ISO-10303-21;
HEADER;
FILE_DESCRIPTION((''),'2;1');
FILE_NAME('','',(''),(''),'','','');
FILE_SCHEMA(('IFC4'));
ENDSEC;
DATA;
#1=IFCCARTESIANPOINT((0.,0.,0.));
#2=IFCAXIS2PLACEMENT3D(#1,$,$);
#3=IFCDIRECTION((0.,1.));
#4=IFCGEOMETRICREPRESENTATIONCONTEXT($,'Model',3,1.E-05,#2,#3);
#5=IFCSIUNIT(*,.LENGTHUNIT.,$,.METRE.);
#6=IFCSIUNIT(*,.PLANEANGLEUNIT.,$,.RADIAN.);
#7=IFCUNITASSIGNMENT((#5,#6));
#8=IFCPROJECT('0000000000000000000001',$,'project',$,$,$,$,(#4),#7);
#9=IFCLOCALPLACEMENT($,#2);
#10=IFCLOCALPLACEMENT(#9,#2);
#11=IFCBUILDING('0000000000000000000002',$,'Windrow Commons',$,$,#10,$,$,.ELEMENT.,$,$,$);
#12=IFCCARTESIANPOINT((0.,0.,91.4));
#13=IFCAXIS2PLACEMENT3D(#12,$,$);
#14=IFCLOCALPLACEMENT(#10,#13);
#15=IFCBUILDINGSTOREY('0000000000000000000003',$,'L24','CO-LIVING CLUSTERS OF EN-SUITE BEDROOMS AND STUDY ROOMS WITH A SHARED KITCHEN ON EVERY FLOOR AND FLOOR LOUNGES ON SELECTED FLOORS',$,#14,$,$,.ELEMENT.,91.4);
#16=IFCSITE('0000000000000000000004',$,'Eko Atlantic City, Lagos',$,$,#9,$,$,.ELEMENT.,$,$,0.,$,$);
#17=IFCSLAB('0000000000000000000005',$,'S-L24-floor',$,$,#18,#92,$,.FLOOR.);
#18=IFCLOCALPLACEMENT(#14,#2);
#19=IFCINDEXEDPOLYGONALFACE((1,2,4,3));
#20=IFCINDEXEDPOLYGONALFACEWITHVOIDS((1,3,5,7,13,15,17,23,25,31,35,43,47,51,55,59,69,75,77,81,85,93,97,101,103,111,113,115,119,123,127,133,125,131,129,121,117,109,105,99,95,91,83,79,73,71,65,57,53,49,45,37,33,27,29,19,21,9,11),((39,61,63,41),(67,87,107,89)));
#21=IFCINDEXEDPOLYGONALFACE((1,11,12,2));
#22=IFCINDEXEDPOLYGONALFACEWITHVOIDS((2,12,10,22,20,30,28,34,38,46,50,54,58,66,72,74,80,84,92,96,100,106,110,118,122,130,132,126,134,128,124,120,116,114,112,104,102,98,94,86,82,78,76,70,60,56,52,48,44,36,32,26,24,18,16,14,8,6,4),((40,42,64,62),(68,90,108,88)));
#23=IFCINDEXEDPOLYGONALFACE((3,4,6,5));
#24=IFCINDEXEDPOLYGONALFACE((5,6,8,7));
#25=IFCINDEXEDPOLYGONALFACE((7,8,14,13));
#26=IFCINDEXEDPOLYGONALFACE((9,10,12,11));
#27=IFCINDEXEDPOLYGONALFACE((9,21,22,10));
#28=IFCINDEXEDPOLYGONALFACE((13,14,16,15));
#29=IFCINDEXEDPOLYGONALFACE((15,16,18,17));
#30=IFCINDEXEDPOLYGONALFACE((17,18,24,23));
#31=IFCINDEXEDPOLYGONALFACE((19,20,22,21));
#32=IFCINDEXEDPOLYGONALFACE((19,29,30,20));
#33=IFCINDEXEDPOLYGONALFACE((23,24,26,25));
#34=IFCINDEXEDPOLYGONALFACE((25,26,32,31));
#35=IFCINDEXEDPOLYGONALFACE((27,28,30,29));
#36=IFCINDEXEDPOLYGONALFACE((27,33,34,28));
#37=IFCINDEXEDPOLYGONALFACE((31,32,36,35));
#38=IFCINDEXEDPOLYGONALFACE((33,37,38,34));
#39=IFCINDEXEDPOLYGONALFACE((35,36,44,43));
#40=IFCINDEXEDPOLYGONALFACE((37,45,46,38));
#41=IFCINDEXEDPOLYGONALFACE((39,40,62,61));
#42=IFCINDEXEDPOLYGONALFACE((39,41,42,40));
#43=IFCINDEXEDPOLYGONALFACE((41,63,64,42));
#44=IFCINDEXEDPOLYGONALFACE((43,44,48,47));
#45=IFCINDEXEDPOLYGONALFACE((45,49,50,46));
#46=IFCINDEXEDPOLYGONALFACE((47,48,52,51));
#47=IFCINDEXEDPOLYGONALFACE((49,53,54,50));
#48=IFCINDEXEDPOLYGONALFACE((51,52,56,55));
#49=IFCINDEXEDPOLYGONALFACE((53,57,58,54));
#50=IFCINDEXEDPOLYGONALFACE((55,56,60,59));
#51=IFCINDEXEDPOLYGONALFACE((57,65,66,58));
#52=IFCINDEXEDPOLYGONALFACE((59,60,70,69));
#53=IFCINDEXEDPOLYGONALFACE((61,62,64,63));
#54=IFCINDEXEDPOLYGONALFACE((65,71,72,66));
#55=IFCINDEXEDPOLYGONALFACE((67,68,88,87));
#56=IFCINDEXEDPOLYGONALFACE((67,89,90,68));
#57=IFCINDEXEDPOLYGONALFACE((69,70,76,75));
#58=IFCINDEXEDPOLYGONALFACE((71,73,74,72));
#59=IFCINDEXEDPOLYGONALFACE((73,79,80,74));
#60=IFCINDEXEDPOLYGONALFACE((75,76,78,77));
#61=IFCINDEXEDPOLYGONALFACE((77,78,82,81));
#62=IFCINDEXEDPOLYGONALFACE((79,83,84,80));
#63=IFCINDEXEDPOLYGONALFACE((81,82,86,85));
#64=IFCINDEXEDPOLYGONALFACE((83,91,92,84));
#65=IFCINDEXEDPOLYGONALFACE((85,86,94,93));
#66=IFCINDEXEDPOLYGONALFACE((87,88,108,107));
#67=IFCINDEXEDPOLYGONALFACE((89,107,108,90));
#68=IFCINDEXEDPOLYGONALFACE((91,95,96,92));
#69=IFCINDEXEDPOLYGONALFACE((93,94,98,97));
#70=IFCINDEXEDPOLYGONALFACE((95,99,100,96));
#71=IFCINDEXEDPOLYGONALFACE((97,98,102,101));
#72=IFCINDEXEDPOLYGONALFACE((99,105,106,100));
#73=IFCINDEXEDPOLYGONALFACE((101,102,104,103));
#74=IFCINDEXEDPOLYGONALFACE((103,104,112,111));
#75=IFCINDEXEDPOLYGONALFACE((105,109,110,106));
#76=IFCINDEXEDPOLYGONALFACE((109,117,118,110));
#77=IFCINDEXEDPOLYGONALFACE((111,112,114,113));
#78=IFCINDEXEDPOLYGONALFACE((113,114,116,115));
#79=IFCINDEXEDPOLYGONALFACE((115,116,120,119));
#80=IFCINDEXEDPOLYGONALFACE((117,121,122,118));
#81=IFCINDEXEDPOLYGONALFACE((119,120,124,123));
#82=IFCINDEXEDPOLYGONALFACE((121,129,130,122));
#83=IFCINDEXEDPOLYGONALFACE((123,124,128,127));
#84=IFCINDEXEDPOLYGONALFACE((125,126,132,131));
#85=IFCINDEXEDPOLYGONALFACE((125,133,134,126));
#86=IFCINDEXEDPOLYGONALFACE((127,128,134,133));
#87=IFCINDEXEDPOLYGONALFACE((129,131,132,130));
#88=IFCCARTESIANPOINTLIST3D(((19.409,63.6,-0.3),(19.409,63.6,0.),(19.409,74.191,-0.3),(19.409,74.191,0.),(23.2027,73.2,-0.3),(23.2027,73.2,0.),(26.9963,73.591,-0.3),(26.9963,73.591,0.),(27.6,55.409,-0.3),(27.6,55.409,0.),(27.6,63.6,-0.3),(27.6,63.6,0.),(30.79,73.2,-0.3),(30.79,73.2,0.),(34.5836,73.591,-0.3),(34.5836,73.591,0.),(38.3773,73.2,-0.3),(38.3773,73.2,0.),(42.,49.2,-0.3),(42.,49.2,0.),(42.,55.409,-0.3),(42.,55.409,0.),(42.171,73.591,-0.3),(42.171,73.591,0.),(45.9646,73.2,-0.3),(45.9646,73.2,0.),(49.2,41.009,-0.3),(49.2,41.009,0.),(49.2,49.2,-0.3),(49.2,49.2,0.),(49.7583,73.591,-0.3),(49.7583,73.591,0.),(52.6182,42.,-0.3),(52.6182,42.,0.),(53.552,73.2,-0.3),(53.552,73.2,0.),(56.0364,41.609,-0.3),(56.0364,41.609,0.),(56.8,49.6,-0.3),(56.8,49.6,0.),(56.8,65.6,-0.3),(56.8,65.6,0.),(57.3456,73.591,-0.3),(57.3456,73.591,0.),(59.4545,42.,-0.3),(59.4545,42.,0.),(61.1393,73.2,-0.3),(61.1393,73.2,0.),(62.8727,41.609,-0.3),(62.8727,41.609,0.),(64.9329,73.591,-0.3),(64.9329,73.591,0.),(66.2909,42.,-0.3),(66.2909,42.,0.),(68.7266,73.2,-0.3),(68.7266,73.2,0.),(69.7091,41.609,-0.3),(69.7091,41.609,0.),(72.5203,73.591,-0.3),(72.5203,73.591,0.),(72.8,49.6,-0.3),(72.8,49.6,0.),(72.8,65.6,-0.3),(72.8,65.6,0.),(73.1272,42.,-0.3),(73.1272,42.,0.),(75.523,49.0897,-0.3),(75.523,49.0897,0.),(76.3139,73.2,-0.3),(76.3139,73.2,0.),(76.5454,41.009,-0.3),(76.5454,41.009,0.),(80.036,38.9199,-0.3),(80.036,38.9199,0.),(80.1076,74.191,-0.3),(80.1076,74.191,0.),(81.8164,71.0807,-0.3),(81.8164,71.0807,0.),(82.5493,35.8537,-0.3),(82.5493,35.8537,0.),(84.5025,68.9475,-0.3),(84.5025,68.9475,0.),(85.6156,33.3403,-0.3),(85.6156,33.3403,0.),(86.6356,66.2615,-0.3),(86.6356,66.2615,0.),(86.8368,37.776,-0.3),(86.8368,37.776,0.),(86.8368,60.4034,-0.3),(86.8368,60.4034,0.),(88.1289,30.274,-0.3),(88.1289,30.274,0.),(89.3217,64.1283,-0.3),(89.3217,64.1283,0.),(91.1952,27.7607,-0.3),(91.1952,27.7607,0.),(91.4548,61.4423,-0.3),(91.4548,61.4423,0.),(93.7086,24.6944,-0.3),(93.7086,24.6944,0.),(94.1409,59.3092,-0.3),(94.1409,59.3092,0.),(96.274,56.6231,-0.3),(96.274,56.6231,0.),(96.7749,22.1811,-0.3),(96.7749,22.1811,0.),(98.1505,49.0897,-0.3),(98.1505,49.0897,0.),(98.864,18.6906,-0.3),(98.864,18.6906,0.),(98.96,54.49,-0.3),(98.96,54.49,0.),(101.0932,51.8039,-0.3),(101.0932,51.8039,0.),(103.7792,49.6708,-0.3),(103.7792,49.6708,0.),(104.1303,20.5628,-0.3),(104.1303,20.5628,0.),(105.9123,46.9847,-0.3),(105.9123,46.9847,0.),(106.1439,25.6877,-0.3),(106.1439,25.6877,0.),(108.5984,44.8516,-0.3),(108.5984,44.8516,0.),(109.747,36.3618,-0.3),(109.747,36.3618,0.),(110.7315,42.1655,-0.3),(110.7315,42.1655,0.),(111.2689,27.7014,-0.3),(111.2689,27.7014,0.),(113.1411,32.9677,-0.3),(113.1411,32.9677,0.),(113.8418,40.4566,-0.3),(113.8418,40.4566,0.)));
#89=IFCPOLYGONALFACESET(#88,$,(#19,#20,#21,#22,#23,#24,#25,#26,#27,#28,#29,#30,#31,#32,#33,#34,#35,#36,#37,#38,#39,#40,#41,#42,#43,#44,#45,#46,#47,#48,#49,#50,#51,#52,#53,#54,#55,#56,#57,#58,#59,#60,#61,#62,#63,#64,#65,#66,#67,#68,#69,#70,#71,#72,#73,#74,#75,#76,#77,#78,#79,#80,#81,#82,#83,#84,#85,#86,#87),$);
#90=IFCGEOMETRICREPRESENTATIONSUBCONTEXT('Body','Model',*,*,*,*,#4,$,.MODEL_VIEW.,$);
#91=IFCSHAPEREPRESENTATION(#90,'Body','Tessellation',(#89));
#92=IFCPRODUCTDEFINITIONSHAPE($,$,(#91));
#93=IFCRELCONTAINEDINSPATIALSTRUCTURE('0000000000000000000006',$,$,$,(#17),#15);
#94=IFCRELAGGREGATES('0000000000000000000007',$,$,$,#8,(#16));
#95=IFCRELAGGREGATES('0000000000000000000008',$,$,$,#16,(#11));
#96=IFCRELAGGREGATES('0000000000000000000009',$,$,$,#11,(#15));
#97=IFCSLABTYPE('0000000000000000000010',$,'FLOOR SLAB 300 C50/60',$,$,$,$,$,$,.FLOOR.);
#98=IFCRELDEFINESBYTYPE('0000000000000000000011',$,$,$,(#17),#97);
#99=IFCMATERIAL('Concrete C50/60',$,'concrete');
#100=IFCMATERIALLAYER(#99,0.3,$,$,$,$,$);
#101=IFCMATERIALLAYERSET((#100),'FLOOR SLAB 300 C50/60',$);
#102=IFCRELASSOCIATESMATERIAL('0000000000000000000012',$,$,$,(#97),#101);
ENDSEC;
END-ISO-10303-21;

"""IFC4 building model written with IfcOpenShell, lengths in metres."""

from ifc_helpers import new_model, si_unit, direction, frame, origin, place, context, subcontext, project, spatial, polyline, outline, extrude, material, layer, layer_set, type_object, element, save


model = new_model("IFC4")

# Units and contexts
model_context = context("Model", 3, precision=1e-05, world=origin(), true_north=direction((0.0, 1.0)))
body_context = subcontext(model_context, "Body", "Model", "MODEL_VIEW")
ifc_project = project(units=[si_unit("LENGTHUNIT", "METRE"), si_unit("PLANEANGLEUNIT", "RADIAN")], contexts=[model_context])

# Site, building, storey
site_placement = place(None, origin())
site = spatial("IfcSite", under=ifc_project, at=site_placement, Name="Eko Atlantic City, Lagos", CompositionType="ELEMENT", RefElevation=0.0)
building_placement = place(site_placement, origin())
building = spatial("IfcBuilding", under=site, at=building_placement, Name="Windrow Commons", CompositionType="ELEMENT")
storey_placement = place(building_placement, frame((0.0, 0.0, 91.4)))
storey = spatial("IfcBuildingStorey", under=building, at=storey_placement, Name="L24", Description="CO-LIVING CLUSTERS OF EN-SUITE BEDROOMS AND STUDY ROOMS WITH A SHARED KITCHEN ON EVERY FLOOR AND FLOOR LOUNGES ON SELECTED FLOORS", CompositionType="ELEMENT", Elevation=91.4)

# Shared definitions
placement_1 = place(storey_placement, frame((0.0, 0.0, -0.3)))

# Slab, openings
ifc_material_1 = material(Name="Concrete C50/60", Category="concrete")
ifc_layer_1 = layer(ifc_material_1, 0.3)
ifc_layer_set_1 = layer_set([ifc_layer_1], Name="FLOOR SLAB 300 C50/60")
slab_type_1 = type_object("IfcSlabType", Name="FLOOR SLAB 300 C50/60", PredefinedType="FLOOR", material=ifc_layer_set_1)
slab_1 = element("IfcSlab", 1, at=placement_1, inside=storey, type_object=slab_type_1, Name="S-L24-floor", PredefinedType="FLOOR", context=body_context, shape_type="SweptSolid", body=[
    extrude(outline(polyline([(96.7749, 22.1811), (98.864, 18.6906), (104.1303, 20.5628), (106.1439, 25.6877), (111.2689, 27.7014), (113.1411, 32.9677), (109.747, 36.3618), (113.8418, 40.4566), (110.7315, 42.1655), (108.5984, 44.8516), (105.9123, 46.9847), (103.7792, 49.6708), (101.0932, 51.8039), (98.96, 54.49), (96.274, 56.6231), (94.1409, 59.3092), (91.4548, 61.4423), (89.3217, 64.1283), (86.6356, 66.2615), (84.5025, 68.9475), (81.8164, 71.0807), (80.1076, 74.191), (76.3139, 73.2), (72.5203, 73.591), (68.7266, 73.2), (64.9329, 73.591), (61.1393, 73.2), (57.3456, 73.591), (53.552, 73.2), (49.7583, 73.591), (45.9646, 73.2), (42.171, 73.591), (38.3773, 73.2), (34.5836, 73.591), (30.79, 73.2), (26.9963, 73.591), (23.2027, 73.2), (19.409, 74.191), (19.409, 63.6), (27.6, 63.6), (27.6, 55.409), (42.0, 55.409), (42.0, 49.2), (49.2, 49.2), (49.2, 41.009), (52.6182, 42.0), (56.0364, 41.609), (59.4545, 42.0), (62.8727, 41.609), (66.2909, 42.0), (69.7091, 41.609), (73.1272, 42.0), (76.5454, 41.009), (80.036, 38.9199), (82.5493, 35.8537), (85.6156, 33.3403), (88.1289, 30.274), (91.1952, 27.7607), (93.7086, 24.6944), (96.7749, 22.1811)]), holes=[polyline([(75.523, 49.0897), (86.8368, 60.4034), (98.1505, 49.0897), (86.8368, 37.776), (75.523, 49.0897)]), polyline([(56.8, 49.6), (56.8, 65.6), (72.8, 65.6), (72.8, 49.6), (56.8, 49.6)])]), origin(), (0.0, 0.0, 1.0), 0.3),
])
opening_1_placement = place(placement_1, origin())
element("IfcOpeningElement", 2, at=opening_1_placement, cuts=slab_1, PredefinedType="OPENING", context=body_context, shape_type="SweptSolid", body=[
    extrude(outline(polyline([(75.5301, 49.0897), (86.8368, 60.3963), (98.1434, 49.0897), (86.8368, 37.7831), (75.5301, 49.0897)])), origin(), (0.0, 0.0, 1.0), 0.3),
])
opening_2_placement = place(placement_1, origin())
element("IfcOpeningElement", 3, at=opening_2_placement, cuts=slab_1, PredefinedType="OPENING", context=body_context, shape_type="SweptSolid", body=[
    extrude(outline(polyline([(56.805, 49.605), (56.805, 65.595), (72.795, 65.595), (72.795, 49.605), (56.805, 49.605)])), origin(), (0.0, 0.0, 1.0), 0.3),
])

save(model, "model.ifc")
